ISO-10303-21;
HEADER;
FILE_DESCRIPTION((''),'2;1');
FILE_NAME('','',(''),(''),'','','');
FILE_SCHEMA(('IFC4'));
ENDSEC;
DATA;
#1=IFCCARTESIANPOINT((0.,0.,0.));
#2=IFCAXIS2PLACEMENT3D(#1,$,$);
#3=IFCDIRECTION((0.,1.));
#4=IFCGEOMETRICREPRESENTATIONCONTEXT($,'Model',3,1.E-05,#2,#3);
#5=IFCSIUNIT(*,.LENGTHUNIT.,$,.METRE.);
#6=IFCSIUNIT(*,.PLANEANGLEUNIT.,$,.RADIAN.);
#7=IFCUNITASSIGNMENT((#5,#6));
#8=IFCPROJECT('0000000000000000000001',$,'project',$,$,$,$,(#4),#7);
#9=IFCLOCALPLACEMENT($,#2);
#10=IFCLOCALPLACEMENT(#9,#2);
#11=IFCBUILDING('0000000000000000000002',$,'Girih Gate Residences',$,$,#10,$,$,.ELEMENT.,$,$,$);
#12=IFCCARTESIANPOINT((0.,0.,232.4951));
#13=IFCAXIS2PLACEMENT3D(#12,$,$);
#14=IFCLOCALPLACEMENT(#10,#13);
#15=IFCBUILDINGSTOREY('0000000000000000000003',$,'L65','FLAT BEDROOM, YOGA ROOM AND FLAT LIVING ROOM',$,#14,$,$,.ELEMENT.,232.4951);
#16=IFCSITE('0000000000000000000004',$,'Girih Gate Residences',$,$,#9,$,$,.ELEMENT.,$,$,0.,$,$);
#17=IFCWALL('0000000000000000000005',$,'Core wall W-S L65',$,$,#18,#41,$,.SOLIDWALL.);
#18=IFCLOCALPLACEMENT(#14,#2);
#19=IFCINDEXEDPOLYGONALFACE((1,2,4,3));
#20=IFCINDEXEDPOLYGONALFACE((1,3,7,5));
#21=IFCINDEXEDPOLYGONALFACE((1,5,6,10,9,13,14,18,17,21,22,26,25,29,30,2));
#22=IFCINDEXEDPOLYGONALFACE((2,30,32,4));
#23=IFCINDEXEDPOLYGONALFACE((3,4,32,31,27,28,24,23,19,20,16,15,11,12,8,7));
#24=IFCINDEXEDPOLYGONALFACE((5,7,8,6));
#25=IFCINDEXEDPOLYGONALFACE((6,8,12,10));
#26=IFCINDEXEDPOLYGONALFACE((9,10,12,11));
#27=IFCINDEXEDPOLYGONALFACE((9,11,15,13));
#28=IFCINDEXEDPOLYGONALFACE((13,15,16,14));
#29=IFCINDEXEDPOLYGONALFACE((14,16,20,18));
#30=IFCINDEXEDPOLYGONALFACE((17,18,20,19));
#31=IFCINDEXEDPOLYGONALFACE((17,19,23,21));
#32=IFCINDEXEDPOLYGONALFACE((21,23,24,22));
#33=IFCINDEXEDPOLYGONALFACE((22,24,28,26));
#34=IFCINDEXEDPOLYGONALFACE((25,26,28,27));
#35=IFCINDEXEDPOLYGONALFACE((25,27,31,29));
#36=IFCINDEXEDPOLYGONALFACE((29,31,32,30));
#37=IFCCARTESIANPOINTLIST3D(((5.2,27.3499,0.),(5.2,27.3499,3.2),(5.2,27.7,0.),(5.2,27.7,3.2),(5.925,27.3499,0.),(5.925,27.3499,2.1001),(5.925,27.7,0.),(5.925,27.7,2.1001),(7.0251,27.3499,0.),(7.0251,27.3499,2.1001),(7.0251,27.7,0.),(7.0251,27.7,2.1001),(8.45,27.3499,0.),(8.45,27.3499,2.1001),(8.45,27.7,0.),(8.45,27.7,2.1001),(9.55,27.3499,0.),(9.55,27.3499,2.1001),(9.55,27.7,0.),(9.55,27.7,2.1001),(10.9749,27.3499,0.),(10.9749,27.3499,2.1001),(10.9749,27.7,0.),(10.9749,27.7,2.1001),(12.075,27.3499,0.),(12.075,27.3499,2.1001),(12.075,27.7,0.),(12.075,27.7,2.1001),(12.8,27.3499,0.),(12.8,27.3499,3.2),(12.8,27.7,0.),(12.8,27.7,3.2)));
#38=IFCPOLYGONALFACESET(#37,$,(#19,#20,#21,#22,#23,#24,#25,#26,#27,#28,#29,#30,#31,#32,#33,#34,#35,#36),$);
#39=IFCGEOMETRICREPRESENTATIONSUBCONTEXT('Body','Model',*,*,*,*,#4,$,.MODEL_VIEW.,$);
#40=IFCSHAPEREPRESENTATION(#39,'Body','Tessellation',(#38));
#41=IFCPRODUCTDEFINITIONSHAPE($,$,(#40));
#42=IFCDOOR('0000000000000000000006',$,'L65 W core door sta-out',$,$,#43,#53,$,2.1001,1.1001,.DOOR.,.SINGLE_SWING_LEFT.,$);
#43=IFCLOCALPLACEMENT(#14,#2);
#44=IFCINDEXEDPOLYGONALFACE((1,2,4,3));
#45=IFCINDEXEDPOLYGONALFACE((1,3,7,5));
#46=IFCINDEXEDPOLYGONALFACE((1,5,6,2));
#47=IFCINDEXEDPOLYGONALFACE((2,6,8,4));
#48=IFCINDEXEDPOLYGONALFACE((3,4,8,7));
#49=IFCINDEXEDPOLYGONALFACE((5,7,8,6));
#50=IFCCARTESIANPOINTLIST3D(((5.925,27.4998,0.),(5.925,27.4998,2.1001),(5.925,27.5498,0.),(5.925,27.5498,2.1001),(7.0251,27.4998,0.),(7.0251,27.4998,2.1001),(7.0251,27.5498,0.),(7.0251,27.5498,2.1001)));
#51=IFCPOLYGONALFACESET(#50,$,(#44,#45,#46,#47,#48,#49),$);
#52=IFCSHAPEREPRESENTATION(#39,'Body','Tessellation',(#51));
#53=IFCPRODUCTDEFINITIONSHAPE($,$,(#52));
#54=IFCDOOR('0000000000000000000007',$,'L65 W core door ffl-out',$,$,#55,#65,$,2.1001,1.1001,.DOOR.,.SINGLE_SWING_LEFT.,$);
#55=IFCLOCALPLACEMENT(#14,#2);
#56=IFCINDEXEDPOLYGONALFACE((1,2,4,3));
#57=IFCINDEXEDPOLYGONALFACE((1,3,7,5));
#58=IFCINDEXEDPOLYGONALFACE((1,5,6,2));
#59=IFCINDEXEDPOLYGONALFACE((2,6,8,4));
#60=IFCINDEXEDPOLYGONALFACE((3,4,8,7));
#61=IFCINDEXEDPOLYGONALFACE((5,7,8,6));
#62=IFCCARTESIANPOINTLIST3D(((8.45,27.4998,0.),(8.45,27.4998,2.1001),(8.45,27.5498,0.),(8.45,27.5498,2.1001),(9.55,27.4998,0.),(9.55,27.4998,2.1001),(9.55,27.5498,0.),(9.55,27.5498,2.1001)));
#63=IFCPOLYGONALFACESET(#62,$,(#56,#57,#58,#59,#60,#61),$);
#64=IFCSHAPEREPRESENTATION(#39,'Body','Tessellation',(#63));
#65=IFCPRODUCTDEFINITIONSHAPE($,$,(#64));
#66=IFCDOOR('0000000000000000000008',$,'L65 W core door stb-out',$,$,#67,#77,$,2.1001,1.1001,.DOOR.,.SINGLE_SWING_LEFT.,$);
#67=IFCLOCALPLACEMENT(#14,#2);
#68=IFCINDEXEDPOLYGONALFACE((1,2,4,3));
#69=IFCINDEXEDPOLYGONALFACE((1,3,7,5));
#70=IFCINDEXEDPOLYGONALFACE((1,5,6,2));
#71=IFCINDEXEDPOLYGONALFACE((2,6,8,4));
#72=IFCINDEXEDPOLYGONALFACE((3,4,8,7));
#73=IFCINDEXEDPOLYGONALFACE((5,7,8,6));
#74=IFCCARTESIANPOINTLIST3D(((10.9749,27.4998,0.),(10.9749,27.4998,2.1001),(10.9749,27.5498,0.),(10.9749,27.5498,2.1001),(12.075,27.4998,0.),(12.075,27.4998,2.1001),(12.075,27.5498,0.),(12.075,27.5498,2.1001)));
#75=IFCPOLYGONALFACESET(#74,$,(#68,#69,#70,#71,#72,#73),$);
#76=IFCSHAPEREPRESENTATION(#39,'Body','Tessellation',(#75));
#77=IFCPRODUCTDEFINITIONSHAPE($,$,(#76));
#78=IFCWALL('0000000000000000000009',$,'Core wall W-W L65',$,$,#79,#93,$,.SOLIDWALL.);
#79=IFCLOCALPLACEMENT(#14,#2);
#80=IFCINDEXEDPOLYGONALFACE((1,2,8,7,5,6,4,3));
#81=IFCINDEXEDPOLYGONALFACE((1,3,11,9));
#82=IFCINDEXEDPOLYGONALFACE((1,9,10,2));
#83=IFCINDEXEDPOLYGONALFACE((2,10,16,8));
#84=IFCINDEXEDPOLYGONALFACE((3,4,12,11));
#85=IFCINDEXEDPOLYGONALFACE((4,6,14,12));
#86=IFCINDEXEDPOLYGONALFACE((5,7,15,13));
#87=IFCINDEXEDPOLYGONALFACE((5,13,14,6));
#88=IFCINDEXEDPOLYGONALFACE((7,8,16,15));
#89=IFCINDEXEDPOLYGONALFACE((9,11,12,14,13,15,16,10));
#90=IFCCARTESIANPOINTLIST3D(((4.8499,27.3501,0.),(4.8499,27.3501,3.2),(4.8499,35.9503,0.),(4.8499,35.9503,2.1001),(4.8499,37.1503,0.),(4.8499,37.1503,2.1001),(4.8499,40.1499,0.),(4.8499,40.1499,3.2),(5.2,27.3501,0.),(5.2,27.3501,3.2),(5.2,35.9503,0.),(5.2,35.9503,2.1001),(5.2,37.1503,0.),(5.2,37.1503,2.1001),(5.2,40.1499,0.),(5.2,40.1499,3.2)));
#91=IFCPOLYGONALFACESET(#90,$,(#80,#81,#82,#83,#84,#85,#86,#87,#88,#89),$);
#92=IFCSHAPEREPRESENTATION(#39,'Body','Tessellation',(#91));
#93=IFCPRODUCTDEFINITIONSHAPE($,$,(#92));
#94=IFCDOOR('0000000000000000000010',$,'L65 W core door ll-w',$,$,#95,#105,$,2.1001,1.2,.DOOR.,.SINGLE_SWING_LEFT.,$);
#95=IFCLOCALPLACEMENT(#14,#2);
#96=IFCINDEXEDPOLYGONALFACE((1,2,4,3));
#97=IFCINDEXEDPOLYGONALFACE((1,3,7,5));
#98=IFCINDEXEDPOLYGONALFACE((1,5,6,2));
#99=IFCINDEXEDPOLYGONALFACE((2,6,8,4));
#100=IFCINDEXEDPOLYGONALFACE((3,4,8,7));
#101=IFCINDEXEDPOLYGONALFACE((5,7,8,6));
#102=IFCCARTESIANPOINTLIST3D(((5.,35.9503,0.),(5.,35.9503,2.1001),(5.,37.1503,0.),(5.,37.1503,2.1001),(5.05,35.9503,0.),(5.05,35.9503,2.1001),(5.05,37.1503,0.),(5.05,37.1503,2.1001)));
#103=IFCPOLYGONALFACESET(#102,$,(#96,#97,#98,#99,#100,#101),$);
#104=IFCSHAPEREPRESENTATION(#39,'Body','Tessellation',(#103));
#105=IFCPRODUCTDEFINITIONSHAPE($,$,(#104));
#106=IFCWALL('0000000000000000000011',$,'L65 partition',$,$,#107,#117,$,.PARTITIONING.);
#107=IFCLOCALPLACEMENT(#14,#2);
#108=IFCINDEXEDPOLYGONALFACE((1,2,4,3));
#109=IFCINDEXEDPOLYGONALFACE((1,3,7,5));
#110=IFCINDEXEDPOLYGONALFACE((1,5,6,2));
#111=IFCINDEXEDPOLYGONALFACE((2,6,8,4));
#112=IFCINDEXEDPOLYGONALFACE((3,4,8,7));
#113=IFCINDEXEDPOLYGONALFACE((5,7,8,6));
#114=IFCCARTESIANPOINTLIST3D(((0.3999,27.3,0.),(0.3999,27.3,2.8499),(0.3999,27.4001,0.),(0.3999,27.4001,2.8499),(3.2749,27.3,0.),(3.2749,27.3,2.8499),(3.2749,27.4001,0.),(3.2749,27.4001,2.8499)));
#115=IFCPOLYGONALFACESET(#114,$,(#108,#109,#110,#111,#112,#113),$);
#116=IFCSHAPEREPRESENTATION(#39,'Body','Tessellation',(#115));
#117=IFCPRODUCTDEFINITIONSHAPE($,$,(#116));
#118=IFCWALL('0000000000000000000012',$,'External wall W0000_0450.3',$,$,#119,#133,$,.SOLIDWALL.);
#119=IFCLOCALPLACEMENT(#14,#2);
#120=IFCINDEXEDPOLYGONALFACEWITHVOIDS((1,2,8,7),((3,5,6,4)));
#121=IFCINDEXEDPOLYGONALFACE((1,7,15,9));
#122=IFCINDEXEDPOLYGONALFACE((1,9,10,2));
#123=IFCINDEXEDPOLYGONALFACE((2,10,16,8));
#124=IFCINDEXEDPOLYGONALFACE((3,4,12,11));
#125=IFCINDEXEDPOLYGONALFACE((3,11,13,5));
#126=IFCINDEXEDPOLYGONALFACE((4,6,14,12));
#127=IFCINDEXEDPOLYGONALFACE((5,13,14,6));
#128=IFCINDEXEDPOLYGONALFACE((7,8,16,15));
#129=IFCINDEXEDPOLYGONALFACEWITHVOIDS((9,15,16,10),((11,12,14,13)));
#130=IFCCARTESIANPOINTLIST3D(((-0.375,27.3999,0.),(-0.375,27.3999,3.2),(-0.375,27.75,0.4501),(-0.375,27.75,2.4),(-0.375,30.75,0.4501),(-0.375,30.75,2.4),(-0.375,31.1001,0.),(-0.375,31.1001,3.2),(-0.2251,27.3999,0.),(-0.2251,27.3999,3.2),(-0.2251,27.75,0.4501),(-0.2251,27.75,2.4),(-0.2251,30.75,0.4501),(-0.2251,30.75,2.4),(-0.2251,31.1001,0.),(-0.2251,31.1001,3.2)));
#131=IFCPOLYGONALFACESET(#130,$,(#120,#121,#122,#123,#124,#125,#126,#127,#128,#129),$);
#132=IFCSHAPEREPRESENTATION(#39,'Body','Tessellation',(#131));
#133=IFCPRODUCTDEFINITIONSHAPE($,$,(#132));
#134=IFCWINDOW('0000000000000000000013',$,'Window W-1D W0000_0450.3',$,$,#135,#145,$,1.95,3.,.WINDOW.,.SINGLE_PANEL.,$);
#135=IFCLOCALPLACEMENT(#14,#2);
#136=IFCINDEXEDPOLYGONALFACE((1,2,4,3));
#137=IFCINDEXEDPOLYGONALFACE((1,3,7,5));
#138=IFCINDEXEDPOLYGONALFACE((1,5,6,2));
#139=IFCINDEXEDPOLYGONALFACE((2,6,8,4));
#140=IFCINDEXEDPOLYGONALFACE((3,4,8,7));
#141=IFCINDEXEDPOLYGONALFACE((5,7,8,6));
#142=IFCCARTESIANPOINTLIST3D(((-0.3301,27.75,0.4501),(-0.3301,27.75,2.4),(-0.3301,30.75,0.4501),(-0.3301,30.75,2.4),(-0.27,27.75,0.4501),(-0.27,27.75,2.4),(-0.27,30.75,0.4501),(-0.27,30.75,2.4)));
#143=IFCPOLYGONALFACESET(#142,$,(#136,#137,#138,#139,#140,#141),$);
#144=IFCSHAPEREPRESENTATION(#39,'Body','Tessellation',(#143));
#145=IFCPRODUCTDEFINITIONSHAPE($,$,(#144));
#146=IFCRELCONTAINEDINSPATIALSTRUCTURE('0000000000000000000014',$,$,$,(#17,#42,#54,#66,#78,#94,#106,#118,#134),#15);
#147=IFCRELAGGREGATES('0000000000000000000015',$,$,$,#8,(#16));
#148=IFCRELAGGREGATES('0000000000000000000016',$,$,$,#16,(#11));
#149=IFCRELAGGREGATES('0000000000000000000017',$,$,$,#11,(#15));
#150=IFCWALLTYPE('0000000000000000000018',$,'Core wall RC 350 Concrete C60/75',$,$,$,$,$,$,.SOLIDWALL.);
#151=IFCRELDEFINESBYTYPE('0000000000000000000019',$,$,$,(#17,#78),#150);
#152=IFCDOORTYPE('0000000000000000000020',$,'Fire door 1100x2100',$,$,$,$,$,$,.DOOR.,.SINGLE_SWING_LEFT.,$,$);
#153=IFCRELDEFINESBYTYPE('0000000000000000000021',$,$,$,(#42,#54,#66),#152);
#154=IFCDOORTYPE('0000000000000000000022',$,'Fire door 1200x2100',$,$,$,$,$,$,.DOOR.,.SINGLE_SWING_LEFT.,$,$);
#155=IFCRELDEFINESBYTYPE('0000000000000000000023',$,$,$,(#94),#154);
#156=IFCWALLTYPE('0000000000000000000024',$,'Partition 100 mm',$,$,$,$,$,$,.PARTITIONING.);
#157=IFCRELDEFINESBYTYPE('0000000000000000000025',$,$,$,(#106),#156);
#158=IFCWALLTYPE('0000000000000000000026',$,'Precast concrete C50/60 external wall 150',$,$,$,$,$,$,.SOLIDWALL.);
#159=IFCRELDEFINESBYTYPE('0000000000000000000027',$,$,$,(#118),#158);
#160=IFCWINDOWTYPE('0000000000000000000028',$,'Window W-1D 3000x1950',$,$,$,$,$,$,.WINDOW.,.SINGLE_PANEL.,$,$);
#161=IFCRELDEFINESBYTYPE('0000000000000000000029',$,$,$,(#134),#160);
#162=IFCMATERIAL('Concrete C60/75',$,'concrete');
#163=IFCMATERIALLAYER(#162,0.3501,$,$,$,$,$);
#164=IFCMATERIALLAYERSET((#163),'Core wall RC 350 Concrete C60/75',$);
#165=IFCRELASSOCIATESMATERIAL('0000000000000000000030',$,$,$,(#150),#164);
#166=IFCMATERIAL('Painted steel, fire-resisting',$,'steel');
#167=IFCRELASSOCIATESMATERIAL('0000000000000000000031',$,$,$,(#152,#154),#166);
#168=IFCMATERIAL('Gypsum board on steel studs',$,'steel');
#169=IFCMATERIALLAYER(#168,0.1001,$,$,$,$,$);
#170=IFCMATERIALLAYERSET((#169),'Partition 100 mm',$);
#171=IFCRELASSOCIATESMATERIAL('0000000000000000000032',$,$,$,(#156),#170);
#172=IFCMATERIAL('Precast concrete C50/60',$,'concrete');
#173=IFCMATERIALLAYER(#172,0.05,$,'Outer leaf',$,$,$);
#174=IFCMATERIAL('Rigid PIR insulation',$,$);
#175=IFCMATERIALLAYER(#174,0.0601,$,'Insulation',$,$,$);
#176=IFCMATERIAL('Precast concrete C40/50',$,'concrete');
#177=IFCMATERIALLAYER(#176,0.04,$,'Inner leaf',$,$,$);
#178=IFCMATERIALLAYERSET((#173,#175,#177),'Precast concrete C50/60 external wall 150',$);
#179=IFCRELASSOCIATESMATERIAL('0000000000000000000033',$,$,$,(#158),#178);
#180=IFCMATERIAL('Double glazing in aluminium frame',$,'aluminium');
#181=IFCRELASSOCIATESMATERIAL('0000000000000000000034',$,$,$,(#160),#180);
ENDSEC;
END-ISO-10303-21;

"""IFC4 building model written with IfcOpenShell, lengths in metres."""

from ifc_helpers import new_model, si_unit, direction, frame, frame_2d, origin, place, context, subcontext, project, spatial, rectangle, extrude, material, layer, layer_set, type_object, element, fill, save


model = new_model("IFC4")

# Units and contexts
model_context = context("Model", 3, precision=1e-05, world=origin(), true_north=direction((0.0, 1.0)))
body_context = subcontext(model_context, "Body", "Model", "MODEL_VIEW")
ifc_project = project(units=[si_unit("LENGTHUNIT", "METRE"), si_unit("PLANEANGLEUNIT", "RADIAN")], contexts=[model_context])

# Site, building, storey
site_placement = place(None, origin())
site = spatial("IfcSite", under=ifc_project, at=site_placement, Name="Girih Gate Residences", CompositionType="ELEMENT", RefElevation=0.0)
building_placement = place(site_placement, origin())
building = spatial("IfcBuilding", under=site, at=building_placement, Name="Girih Gate Residences", CompositionType="ELEMENT")
storey_placement = place(building_placement, frame((0.0, 0.0, 232.4951)))
storey = spatial("IfcBuildingStorey", under=building, at=storey_placement, Name="L65", Description="FLAT BEDROOM, YOGA ROOM AND FLAT LIVING ROOM", CompositionType="ELEMENT", Elevation=232.4951)

# Shared definitions
ifc_material_1 = material(Name="Concrete C60/75", Category="concrete")

# Shared definitions
ifc_material_2 = material(Name="Gypsum board on steel studs", Category="steel")

# Wall, openings, doors
ifc_layer_1 = layer(ifc_material_1, 0.3501)
ifc_layer_set_1 = layer_set([ifc_layer_1], Name="Core wall RC 350 Concrete C60/75")
wall_type_1 = type_object("IfcWallType", Name="Core wall RC 350 Concrete C60/75", PredefinedType="SOLIDWALL", material=ifc_layer_set_1)
wall_1_placement = place(storey_placement, frame((5.2, 27.5249, 0.0), z_axis=(0.0, 0.0, 1.0), x_axis=(1.0, 0.0, 0.0)))
wall_1 = element("IfcWall", 1, at=wall_1_placement, inside=storey, type_object=wall_type_1, Name="Core wall W-S L65", PredefinedType="SOLIDWALL", context=body_context, shape_type="SweptSolid", body=[
    extrude(rectangle(XDim=7.6001, YDim=0.3501, at=frame_2d((3.8, 0.0))), origin(), (0.0, 0.0, 1.0), 3.2),
])
opening_1_placement = place(wall_1_placement, frame((0.7251, 0.0, 0.0)))
opening_1 = element("IfcOpeningElement", 2, at=opening_1_placement, cuts=wall_1, PredefinedType="OPENING", context=body_context, shape_type="SweptSolid", body=[
    extrude(rectangle(XDim=1.1001, YDim=2.1001, at=frame_2d((0.55, 1.05))), frame((0.0, 0.1851, 0.0), z_axis=(0.0, -1.0, 0.0), x_axis=(1.0, 0.0, 0.0)), (0.0, 0.0, 1.0), 0.3701),
])
opening_2_placement = place(wall_1_placement, frame((3.25, 0.0, 0.0)))
opening_2 = element("IfcOpeningElement", 3, at=opening_2_placement, cuts=wall_1, PredefinedType="OPENING", context=body_context, shape_type="SweptSolid", body=[
    extrude(rectangle(XDim=1.1001, YDim=2.1001, at=frame_2d((0.55, 1.05))), frame((0.0, 0.1851, 0.0), z_axis=(0.0, -1.0, 0.0), x_axis=(1.0, 0.0, 0.0)), (0.0, 0.0, 1.0), 0.3701),
])
opening_3_placement = place(wall_1_placement, frame((5.7749, 0.0, 0.0)))
opening_3 = element("IfcOpeningElement", 4, at=opening_3_placement, cuts=wall_1, PredefinedType="OPENING", context=body_context, shape_type="SweptSolid", body=[
    extrude(rectangle(XDim=1.1001, YDim=2.1001, at=frame_2d((0.55, 1.05))), frame((0.0, 0.1851, 0.0), z_axis=(0.0, -1.0, 0.0), x_axis=(1.0, 0.0, 0.0)), (0.0, 0.0, 1.0), 0.3701),
])
ifc_material_3 = material(Name="Painted steel, fire-resisting", Category="steel")
door_type_1 = type_object("IfcDoorType", Name="Fire door 1100x2100", OperationType="SINGLE_SWING_LEFT", PredefinedType="DOOR", material=ifc_material_3)
door_1_placement = place(opening_1_placement, origin())
door_1 = element("IfcDoor", 5, at=door_1_placement, inside=storey, type_object=door_type_1, Name="L65 W core door sta-out", OperationType="SINGLE_SWING_LEFT", OverallHeight=2.1001, OverallWidth=1.1001, PredefinedType="DOOR", context=body_context, shape_type="SweptSolid", body=[
    extrude(rectangle(XDim=1.1001, YDim=2.1001, at=frame_2d((0.55, 1.05))), frame((0.0, 0.0249, 0.0), z_axis=(0.0, -1.0, 0.0), x_axis=(1.0, 0.0, 0.0)), (0.0, 0.0, 1.0), 0.05),
])
fill(opening_1, door_1)
door_2_placement = place(opening_2_placement, origin())
door_2 = element("IfcDoor", 6, at=door_2_placement, inside=storey, type_object=door_type_1, Name="L65 W core door ffl-out", OperationType="SINGLE_SWING_LEFT", OverallHeight=2.1001, OverallWidth=1.1001, PredefinedType="DOOR", context=body_context, shape_type="SweptSolid", body=[
    extrude(rectangle(XDim=1.1001, YDim=2.1001, at=frame_2d((0.55, 1.05))), frame((0.0, 0.0249, 0.0), z_axis=(0.0, -1.0, 0.0), x_axis=(1.0, 0.0, 0.0)), (0.0, 0.0, 1.0), 0.05),
])
fill(opening_2, door_2)
door_3_placement = place(opening_3_placement, origin())
door_3 = element("IfcDoor", 7, at=door_3_placement, inside=storey, type_object=door_type_1, Name="L65 W core door stb-out", OperationType="SINGLE_SWING_LEFT", OverallHeight=2.1001, OverallWidth=1.1001, PredefinedType="DOOR", context=body_context, shape_type="SweptSolid", body=[
    extrude(rectangle(XDim=1.1001, YDim=2.1001, at=frame_2d((0.55, 1.05))), frame((0.0, 0.0249, 0.0), z_axis=(0.0, -1.0, 0.0), x_axis=(1.0, 0.0, 0.0)), (0.0, 0.0, 1.0), 0.05),
])
fill(opening_3, door_3)

# Wall, opening, door
wall_2_placement = place(storey_placement, frame((5.0249, 27.3501, 0.0), z_axis=(0.0, 0.0, 1.0), x_axis=(0.0, 1.0, 0.0)))
wall_2 = element("IfcWall", 8, at=wall_2_placement, inside=storey, type_object=wall_type_1, Name="Core wall W-W L65", PredefinedType="SOLIDWALL", context=body_context, shape_type="SweptSolid", body=[
    extrude(rectangle(XDim=12.7998, YDim=0.3501, at=frame_2d((6.3999, 0.0))), origin(), (0.0, 0.0, 1.0), 3.2),
])
opening_4_placement = place(wall_2_placement, frame((8.6001, 0.0, 0.0)))
opening_4 = element("IfcOpeningElement", 9, at=opening_4_placement, cuts=wall_2, PredefinedType="OPENING", context=body_context, shape_type="SweptSolid", body=[
    extrude(rectangle(XDim=1.2, YDim=2.1001, at=frame_2d((0.6001, 1.05))), frame((0.0, 0.1851, 0.0), z_axis=(0.0, -1.0, 0.0), x_axis=(1.0, 0.0, 0.0)), (0.0, 0.0, 1.0), 0.3701),
])
door_type_2 = type_object("IfcDoorType", Name="Fire door 1200x2100", OperationType="SINGLE_SWING_LEFT", PredefinedType="DOOR", material=ifc_material_3)
door_4_placement = place(opening_4_placement, origin())
door_4 = element("IfcDoor", 10, at=door_4_placement, inside=storey, type_object=door_type_2, Name="L65 W core door ll-w", OperationType="SINGLE_SWING_LEFT", OverallHeight=2.1001, OverallWidth=1.2, PredefinedType="DOOR", context=body_context, shape_type="SweptSolid", body=[
    extrude(rectangle(XDim=1.2, YDim=2.1001, at=frame_2d((0.6001, 1.05))), frame((0.0, 0.0249, 0.0), z_axis=(0.0, -1.0, 0.0), x_axis=(1.0, 0.0, 0.0)), (0.0, 0.0, 1.0), 0.05),
])
fill(opening_4, door_4)

# Wall
ifc_layer_2 = layer(ifc_material_2, 0.1001)
ifc_layer_set_2 = layer_set([ifc_layer_2], Name="Partition 100 mm")
wall_type_2 = type_object("IfcWallType", Name="Partition 100 mm", PredefinedType="PARTITIONING", material=ifc_layer_set_2)
wall_3_placement = place(storey_placement, frame((0.3999, 27.3501, 0.0), z_axis=(0.0, 0.0, 1.0), x_axis=(1.0, 0.0, 0.0)))
element("IfcWall", 11, at=wall_3_placement, inside=storey, type_object=wall_type_2, Name="L65 partition", PredefinedType="PARTITIONING", context=body_context, shape_type="SweptSolid", body=[
    extrude(rectangle(XDim=2.875, YDim=0.1001, at=frame_2d((1.4375, 0.0))), origin(), (0.0, 0.0, 1.0), 2.8499),
])

# Wall, opening, window
ifc_material_4 = material(Name="Precast concrete C50/60", Category="concrete")
ifc_layer_3 = layer(ifc_material_4, 0.05, Name="Outer leaf")
ifc_material_5 = material(Name="Rigid PIR insulation")
ifc_layer_4 = layer(ifc_material_5, 0.0601, Name="Insulation")
ifc_material_6 = material(Name="Precast concrete C40/50", Category="concrete")
ifc_layer_5 = layer(ifc_material_6, 0.04, Name="Inner leaf")
ifc_layer_set_3 = layer_set([ifc_layer_3, ifc_layer_4, ifc_layer_5], Name="Precast concrete C50/60 external wall 150")
wall_type_3 = type_object("IfcWallType", Name="Precast concrete C50/60 external wall 150", PredefinedType="SOLIDWALL", material=ifc_layer_set_3)
wall_4_placement = place(storey_placement, frame((-0.3, 27.3999, 0.0), z_axis=(0.0, 0.0, 1.0), x_axis=(0.0, 1.0, 0.0)))
wall_4 = element("IfcWall", 12, at=wall_4_placement, inside=storey, type_object=wall_type_3, Name="External wall W0000_0450.3", PredefinedType="SOLIDWALL", context=body_context, shape_type="SweptSolid", body=[
    extrude(rectangle(XDim=3.7002, YDim=0.1499, at=frame_2d((1.8501, 0.0))), origin(), (0.0, 0.0, 1.0), 3.2),
])
opening_5_placement = place(wall_4_placement, frame((0.3501, 0.0, 0.45)))
opening_5 = element("IfcOpeningElement", 13, at=opening_5_placement, cuts=wall_4, PredefinedType="OPENING", context=body_context, shape_type="SweptSolid", body=[
    extrude(rectangle(XDim=3.0, YDim=1.95, at=frame_2d((1.5, 0.9751))), frame((0.0, 0.085, 0.0), z_axis=(0.0, -1.0, 0.0), x_axis=(1.0, 0.0, 0.0)), (0.0, 0.0, 1.0), 0.1699),
])
ifc_material_7 = material(Name="Double glazing in aluminium frame", Category="aluminium")
window_type = type_object("IfcWindowType", Name="Window W-1D 3000x1950", PartitioningType="SINGLE_PANEL", PredefinedType="WINDOW", material=ifc_material_7)
window_placement = place(opening_5_placement, origin())
window = element("IfcWindow", 14, at=window_placement, inside=storey, type_object=window_type, Name="Window W-1D W0000_0450.3", OverallHeight=1.95, OverallWidth=3.0, PartitioningType="SINGLE_PANEL", PredefinedType="WINDOW", context=body_context, shape_type="SweptSolid", body=[
    extrude(rectangle(XDim=3.0, YDim=1.95, at=frame_2d((1.5, 0.9751))), frame((0.0, 0.03, 0.0), z_axis=(0.0, -1.0, 0.0), x_axis=(1.0, 0.0, 0.0)), (0.0, 0.0, 1.0), 0.0601),
])
fill(opening_5, window)

save(model, "model.ifc")
